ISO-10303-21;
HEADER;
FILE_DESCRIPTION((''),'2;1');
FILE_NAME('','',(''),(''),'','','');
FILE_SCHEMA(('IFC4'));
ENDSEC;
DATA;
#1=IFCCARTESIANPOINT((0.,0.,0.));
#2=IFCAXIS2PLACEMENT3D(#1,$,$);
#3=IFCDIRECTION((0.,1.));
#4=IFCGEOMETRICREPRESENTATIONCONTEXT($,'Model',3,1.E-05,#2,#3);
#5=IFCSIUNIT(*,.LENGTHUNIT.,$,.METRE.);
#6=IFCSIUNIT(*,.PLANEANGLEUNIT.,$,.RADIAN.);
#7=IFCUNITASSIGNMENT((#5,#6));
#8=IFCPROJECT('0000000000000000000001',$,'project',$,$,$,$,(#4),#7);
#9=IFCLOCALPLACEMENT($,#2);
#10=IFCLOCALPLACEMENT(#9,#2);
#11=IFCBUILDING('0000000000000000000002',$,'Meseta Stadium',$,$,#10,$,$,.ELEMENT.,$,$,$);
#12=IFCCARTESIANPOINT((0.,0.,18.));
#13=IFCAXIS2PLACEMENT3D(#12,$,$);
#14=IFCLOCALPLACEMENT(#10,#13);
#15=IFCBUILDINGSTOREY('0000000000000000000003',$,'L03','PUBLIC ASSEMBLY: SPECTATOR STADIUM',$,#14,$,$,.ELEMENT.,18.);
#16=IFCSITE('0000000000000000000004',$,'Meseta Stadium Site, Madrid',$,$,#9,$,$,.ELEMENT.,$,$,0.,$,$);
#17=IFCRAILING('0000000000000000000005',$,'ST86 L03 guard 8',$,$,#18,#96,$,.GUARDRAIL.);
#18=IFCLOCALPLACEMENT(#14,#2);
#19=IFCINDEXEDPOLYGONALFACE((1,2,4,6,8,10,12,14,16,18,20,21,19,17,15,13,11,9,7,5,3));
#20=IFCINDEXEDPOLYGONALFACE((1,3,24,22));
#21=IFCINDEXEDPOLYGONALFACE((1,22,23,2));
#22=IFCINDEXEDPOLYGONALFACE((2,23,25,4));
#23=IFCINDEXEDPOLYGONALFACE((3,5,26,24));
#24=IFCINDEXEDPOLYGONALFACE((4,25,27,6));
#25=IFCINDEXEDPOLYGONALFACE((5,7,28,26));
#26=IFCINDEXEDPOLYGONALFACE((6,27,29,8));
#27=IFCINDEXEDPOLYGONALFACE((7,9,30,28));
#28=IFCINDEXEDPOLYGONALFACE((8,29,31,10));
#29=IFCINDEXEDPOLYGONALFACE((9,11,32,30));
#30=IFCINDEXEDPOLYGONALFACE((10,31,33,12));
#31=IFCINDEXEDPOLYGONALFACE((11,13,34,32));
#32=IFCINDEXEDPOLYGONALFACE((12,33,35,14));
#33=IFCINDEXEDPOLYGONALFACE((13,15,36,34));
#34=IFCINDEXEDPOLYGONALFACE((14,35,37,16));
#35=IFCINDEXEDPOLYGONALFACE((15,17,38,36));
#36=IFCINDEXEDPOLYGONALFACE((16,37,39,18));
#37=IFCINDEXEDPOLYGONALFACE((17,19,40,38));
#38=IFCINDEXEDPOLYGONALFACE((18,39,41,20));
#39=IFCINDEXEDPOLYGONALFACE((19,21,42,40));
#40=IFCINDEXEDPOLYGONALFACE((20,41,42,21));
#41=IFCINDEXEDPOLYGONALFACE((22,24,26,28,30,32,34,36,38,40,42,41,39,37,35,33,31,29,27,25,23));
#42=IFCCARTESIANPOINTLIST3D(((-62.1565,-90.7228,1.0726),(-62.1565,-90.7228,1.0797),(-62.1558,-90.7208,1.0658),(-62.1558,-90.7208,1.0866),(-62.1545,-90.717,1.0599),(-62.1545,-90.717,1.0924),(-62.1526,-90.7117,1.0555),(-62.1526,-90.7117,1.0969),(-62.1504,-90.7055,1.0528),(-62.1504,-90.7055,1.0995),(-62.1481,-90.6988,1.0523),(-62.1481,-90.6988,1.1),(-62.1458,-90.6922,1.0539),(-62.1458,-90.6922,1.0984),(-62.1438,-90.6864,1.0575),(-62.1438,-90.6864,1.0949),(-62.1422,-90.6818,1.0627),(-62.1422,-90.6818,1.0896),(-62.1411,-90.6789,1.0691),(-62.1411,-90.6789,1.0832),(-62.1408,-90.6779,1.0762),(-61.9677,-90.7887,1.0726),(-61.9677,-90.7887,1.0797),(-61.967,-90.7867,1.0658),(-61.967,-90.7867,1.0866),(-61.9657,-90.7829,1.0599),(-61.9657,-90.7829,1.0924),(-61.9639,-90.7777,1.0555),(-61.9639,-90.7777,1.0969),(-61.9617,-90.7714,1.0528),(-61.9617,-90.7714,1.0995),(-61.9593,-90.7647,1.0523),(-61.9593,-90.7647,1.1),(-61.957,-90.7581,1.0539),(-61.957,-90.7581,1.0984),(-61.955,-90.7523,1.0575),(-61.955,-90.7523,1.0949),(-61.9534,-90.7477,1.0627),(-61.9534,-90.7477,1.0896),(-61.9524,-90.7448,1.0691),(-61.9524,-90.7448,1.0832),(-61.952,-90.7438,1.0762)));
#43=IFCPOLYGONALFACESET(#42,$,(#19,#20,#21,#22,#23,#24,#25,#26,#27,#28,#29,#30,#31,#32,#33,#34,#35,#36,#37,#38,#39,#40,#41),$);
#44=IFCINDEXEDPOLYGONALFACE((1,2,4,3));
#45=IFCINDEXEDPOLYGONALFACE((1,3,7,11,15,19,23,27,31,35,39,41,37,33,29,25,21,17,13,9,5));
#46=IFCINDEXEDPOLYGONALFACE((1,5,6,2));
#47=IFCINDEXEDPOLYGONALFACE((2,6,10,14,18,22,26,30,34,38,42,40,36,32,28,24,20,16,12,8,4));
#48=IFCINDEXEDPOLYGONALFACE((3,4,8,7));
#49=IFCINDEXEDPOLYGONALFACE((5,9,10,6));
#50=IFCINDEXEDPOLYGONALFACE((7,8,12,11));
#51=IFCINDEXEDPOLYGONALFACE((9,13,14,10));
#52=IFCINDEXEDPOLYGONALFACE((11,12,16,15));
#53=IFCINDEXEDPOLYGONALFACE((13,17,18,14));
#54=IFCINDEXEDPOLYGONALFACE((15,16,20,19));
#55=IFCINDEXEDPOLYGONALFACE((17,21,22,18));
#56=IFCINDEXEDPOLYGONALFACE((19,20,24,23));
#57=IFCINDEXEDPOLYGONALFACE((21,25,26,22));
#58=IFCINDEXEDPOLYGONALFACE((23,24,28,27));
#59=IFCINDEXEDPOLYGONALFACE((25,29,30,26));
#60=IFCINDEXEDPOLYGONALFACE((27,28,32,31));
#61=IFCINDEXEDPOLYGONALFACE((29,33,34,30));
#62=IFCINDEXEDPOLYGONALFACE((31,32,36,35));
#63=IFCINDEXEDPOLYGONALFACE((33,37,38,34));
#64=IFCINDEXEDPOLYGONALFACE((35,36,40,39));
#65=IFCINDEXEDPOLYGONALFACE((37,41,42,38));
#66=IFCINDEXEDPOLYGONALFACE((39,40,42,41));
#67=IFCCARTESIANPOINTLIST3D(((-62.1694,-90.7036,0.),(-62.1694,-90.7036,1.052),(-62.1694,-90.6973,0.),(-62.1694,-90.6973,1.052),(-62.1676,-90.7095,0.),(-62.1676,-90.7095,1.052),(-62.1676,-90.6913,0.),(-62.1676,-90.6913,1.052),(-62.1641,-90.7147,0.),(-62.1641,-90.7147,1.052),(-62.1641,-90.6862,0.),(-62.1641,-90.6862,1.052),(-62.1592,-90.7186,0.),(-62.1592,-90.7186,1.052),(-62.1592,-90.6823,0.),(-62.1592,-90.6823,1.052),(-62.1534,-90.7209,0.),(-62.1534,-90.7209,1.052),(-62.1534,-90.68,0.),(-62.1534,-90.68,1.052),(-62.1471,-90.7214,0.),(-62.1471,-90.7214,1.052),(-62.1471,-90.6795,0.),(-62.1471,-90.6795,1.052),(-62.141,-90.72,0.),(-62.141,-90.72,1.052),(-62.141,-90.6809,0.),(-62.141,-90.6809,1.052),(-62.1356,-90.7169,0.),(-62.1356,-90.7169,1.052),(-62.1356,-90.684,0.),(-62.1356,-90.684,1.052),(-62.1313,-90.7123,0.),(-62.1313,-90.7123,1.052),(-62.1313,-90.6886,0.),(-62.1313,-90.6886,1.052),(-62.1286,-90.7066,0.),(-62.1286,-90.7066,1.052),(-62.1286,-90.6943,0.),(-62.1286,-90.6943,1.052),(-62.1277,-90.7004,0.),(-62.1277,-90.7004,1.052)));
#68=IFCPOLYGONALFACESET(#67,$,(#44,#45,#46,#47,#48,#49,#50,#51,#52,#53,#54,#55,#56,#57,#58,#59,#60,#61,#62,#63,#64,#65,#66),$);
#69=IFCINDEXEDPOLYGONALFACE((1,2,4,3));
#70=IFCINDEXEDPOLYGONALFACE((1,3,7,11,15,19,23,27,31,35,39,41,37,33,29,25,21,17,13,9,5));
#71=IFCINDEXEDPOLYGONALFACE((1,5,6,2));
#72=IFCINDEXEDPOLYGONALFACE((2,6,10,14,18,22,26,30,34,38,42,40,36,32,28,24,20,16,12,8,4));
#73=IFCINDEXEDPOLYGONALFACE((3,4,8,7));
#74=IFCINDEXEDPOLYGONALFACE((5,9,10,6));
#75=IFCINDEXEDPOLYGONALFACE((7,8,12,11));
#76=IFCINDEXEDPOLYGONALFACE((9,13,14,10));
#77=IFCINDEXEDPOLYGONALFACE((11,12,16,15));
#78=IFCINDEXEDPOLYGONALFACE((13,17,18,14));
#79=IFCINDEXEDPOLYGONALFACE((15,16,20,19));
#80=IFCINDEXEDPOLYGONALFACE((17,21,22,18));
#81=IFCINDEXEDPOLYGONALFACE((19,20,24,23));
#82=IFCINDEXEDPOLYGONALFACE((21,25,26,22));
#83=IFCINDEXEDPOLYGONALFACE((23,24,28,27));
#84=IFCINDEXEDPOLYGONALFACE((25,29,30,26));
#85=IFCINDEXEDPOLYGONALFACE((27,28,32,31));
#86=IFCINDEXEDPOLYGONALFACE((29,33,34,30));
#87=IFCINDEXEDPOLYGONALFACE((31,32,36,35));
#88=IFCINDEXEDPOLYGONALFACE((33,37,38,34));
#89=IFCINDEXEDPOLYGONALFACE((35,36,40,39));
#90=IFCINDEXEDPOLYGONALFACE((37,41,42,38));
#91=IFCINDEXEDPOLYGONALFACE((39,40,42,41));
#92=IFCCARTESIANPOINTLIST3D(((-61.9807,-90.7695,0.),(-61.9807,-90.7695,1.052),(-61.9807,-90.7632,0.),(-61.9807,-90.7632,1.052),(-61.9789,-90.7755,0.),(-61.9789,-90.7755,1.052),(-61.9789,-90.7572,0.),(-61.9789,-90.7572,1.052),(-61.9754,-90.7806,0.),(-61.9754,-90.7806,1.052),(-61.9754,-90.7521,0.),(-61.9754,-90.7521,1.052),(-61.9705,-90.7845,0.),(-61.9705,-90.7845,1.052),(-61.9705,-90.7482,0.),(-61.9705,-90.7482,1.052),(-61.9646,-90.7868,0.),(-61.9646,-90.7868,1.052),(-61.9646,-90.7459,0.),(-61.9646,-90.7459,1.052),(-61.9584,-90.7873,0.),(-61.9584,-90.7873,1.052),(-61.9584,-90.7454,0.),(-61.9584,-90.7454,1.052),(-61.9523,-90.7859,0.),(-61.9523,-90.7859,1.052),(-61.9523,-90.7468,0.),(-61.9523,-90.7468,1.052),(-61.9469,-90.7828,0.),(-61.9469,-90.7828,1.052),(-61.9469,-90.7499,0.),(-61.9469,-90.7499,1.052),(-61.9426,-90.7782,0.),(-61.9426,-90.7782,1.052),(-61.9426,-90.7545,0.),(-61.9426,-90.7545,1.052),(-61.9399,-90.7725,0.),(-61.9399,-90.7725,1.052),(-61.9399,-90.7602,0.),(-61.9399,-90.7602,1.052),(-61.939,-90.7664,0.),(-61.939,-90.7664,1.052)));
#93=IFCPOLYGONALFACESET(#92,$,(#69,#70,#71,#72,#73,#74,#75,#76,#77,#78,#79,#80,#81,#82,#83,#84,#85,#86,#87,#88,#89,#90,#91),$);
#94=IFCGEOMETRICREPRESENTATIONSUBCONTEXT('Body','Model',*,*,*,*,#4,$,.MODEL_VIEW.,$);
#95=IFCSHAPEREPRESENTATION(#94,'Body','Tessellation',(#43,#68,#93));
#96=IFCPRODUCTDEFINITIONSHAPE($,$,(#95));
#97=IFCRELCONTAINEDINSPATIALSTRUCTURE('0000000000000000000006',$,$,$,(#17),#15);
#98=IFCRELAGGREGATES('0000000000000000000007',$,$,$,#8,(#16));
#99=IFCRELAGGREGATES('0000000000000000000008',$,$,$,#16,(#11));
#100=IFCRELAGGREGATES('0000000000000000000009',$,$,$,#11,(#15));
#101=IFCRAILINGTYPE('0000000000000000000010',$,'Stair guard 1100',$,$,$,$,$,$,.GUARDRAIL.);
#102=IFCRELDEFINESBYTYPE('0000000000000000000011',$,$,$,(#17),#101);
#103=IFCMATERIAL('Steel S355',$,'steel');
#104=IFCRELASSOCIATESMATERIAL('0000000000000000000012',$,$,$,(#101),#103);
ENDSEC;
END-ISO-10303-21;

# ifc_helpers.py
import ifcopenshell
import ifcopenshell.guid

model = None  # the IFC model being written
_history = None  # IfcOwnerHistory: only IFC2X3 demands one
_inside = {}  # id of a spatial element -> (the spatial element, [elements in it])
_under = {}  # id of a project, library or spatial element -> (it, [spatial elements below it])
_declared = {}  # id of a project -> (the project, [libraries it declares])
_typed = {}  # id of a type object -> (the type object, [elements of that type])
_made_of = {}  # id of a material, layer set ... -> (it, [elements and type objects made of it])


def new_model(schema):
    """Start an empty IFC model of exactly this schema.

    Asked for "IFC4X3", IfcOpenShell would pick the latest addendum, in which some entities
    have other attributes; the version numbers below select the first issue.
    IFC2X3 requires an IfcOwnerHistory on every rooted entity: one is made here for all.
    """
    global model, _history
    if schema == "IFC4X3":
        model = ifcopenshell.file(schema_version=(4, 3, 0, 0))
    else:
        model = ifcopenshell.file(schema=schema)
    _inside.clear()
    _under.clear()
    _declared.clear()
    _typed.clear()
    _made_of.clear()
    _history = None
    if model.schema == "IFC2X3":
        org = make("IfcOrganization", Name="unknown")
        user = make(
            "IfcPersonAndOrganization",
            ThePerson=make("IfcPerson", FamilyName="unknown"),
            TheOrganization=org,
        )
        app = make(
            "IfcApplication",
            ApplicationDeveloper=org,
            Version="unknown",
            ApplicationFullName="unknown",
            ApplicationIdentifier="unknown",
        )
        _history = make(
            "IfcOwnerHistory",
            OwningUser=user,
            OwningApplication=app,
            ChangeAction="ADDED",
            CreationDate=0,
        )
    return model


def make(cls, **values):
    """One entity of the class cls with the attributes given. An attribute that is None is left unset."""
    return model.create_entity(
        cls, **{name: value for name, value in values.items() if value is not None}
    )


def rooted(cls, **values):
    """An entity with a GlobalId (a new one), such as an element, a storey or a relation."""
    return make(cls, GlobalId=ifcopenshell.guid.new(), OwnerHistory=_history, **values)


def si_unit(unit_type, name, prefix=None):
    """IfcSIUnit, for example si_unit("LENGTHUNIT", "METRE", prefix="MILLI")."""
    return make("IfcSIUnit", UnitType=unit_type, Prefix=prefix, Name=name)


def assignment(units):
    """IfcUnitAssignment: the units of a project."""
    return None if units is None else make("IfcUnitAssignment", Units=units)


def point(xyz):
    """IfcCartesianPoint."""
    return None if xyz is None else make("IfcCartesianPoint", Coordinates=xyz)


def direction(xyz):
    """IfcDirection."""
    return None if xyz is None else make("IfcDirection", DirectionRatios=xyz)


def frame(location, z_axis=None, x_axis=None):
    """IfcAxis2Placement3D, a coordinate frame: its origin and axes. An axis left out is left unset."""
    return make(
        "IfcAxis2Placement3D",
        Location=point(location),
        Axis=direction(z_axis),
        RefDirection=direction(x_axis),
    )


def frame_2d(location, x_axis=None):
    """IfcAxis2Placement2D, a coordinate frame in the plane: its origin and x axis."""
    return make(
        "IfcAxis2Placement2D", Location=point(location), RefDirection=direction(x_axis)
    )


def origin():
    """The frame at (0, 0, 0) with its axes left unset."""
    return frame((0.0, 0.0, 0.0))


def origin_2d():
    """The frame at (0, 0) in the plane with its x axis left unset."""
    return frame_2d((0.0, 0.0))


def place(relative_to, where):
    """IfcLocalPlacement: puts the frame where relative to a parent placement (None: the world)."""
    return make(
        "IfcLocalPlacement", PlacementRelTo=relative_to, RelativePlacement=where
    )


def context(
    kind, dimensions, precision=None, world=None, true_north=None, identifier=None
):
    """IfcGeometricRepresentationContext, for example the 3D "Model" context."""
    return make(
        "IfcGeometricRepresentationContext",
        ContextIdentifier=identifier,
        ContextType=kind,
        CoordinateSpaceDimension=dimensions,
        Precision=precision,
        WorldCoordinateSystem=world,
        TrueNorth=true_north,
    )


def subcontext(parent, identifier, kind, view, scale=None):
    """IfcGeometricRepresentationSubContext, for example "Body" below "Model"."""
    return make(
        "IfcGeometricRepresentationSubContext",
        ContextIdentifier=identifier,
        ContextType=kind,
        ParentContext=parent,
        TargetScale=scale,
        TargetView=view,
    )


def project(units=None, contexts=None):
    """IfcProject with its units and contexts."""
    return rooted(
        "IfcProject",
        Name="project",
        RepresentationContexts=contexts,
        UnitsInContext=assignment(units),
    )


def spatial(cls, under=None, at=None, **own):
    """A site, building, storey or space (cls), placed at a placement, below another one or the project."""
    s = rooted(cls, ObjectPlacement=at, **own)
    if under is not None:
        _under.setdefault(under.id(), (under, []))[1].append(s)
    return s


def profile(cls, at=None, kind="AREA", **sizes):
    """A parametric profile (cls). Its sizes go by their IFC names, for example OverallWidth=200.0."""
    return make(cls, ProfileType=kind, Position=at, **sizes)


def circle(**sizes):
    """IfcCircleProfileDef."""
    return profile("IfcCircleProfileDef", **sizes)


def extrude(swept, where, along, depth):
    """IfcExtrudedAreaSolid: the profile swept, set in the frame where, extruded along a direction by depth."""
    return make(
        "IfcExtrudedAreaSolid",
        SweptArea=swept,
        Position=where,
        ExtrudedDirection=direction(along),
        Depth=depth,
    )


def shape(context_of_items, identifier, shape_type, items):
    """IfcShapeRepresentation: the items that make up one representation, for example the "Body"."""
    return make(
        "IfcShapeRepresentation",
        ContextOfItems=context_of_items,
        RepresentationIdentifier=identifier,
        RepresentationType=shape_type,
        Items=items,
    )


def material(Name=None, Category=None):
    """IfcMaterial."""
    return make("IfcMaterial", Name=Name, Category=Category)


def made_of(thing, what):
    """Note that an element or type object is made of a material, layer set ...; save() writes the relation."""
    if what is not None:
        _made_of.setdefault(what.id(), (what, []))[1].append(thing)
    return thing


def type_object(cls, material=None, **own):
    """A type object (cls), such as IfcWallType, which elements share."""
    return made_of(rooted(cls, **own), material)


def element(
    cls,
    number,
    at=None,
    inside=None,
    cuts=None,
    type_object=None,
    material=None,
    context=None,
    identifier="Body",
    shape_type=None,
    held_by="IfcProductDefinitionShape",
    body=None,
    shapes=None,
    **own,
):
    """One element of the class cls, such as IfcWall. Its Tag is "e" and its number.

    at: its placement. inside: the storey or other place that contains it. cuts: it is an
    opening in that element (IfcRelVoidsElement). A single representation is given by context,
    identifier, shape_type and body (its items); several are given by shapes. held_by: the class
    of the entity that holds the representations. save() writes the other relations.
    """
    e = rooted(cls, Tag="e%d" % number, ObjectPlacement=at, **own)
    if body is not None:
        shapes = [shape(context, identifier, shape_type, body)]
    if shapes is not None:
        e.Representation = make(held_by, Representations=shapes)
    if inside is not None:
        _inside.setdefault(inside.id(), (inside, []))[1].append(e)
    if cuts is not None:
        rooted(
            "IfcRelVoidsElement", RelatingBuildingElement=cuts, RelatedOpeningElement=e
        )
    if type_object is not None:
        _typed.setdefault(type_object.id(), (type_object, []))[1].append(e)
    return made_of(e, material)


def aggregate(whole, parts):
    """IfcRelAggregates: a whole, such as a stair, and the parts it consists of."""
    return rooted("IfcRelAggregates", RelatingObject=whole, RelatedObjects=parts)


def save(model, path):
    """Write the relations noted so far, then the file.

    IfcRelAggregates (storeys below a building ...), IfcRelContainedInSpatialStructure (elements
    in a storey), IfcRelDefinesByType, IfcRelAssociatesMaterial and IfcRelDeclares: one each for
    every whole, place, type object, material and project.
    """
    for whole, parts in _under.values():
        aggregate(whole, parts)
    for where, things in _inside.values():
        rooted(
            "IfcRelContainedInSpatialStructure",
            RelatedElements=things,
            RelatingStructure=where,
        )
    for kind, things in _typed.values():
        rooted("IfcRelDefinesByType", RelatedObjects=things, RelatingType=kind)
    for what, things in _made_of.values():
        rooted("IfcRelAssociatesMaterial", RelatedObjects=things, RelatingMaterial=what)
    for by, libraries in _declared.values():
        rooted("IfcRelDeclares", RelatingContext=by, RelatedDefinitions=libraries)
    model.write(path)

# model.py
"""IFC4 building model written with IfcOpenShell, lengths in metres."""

from ifc_helpers import new_model, si_unit, direction, frame, origin, origin_2d, place, context, subcontext, project, spatial, circle, extrude, material, type_object, element, save


model = new_model("IFC4")

# Units and contexts
model_context = context("Model", 3, precision=1e-05, world=origin(), true_north=direction((0.0, 1.0)))
body_context = subcontext(model_context, "Body", "Model", "MODEL_VIEW")
ifc_project = project(units=[si_unit("LENGTHUNIT", "METRE"), si_unit("PLANEANGLEUNIT", "RADIAN")], contexts=[model_context])

# Site, building, storey
site_placement = place(None, origin())
site = spatial("IfcSite", under=ifc_project, at=site_placement, Name="Meseta Stadium Site, Madrid", CompositionType="ELEMENT", RefElevation=0.0)
building_placement = place(site_placement, origin())
building = spatial("IfcBuilding", under=site, at=building_placement, Name="Meseta Stadium", CompositionType="ELEMENT")
storey_placement = place(building_placement, frame((0.0, 0.0, 18.0)))
storey = spatial("IfcBuildingStorey", under=building, at=storey_placement, Name="L03", Description="PUBLIC ASSEMBLY: SPECTATOR STADIUM", CompositionType="ELEMENT", Elevation=18.0)

# Railing
ifc_material_1 = material(Name="Steel S355", Category="steel")
railing_type_1 = type_object("IfcRailingType", Name="Stair guard 1100", PredefinedType="GUARDRAIL", material=ifc_material_1)
railing_1_placement = place(storey_placement, frame((-62.1487, -90.7004, 0.0)))
element("IfcRailing", 1, at=railing_1_placement, inside=storey, type_object=railing_type_1, Name="ST86 L03 guard 8", PredefinedType="GUARDRAIL", context=body_context, shape_type="SweptSolid", body=[
    extrude(circle(Radius=0.0239, at=origin_2d()), frame((0.0, 0.0, 1.0762), z_axis=(0.944068, -0.329752, 0.0), x_axis=(0.329752, 0.944068, 0.0)), (0.0, 0.0, 1.0), 0.2),
    extrude(circle(Radius=0.021, at=origin_2d()), origin(), (0.0, 0.0, 1.0), 1.052),
    extrude(circle(Radius=0.021, at=origin_2d()), frame((0.1887, -0.0659, 0.0)), (0.0, 0.0, 1.0), 1.052),
])

save(model, "model.ifc")
